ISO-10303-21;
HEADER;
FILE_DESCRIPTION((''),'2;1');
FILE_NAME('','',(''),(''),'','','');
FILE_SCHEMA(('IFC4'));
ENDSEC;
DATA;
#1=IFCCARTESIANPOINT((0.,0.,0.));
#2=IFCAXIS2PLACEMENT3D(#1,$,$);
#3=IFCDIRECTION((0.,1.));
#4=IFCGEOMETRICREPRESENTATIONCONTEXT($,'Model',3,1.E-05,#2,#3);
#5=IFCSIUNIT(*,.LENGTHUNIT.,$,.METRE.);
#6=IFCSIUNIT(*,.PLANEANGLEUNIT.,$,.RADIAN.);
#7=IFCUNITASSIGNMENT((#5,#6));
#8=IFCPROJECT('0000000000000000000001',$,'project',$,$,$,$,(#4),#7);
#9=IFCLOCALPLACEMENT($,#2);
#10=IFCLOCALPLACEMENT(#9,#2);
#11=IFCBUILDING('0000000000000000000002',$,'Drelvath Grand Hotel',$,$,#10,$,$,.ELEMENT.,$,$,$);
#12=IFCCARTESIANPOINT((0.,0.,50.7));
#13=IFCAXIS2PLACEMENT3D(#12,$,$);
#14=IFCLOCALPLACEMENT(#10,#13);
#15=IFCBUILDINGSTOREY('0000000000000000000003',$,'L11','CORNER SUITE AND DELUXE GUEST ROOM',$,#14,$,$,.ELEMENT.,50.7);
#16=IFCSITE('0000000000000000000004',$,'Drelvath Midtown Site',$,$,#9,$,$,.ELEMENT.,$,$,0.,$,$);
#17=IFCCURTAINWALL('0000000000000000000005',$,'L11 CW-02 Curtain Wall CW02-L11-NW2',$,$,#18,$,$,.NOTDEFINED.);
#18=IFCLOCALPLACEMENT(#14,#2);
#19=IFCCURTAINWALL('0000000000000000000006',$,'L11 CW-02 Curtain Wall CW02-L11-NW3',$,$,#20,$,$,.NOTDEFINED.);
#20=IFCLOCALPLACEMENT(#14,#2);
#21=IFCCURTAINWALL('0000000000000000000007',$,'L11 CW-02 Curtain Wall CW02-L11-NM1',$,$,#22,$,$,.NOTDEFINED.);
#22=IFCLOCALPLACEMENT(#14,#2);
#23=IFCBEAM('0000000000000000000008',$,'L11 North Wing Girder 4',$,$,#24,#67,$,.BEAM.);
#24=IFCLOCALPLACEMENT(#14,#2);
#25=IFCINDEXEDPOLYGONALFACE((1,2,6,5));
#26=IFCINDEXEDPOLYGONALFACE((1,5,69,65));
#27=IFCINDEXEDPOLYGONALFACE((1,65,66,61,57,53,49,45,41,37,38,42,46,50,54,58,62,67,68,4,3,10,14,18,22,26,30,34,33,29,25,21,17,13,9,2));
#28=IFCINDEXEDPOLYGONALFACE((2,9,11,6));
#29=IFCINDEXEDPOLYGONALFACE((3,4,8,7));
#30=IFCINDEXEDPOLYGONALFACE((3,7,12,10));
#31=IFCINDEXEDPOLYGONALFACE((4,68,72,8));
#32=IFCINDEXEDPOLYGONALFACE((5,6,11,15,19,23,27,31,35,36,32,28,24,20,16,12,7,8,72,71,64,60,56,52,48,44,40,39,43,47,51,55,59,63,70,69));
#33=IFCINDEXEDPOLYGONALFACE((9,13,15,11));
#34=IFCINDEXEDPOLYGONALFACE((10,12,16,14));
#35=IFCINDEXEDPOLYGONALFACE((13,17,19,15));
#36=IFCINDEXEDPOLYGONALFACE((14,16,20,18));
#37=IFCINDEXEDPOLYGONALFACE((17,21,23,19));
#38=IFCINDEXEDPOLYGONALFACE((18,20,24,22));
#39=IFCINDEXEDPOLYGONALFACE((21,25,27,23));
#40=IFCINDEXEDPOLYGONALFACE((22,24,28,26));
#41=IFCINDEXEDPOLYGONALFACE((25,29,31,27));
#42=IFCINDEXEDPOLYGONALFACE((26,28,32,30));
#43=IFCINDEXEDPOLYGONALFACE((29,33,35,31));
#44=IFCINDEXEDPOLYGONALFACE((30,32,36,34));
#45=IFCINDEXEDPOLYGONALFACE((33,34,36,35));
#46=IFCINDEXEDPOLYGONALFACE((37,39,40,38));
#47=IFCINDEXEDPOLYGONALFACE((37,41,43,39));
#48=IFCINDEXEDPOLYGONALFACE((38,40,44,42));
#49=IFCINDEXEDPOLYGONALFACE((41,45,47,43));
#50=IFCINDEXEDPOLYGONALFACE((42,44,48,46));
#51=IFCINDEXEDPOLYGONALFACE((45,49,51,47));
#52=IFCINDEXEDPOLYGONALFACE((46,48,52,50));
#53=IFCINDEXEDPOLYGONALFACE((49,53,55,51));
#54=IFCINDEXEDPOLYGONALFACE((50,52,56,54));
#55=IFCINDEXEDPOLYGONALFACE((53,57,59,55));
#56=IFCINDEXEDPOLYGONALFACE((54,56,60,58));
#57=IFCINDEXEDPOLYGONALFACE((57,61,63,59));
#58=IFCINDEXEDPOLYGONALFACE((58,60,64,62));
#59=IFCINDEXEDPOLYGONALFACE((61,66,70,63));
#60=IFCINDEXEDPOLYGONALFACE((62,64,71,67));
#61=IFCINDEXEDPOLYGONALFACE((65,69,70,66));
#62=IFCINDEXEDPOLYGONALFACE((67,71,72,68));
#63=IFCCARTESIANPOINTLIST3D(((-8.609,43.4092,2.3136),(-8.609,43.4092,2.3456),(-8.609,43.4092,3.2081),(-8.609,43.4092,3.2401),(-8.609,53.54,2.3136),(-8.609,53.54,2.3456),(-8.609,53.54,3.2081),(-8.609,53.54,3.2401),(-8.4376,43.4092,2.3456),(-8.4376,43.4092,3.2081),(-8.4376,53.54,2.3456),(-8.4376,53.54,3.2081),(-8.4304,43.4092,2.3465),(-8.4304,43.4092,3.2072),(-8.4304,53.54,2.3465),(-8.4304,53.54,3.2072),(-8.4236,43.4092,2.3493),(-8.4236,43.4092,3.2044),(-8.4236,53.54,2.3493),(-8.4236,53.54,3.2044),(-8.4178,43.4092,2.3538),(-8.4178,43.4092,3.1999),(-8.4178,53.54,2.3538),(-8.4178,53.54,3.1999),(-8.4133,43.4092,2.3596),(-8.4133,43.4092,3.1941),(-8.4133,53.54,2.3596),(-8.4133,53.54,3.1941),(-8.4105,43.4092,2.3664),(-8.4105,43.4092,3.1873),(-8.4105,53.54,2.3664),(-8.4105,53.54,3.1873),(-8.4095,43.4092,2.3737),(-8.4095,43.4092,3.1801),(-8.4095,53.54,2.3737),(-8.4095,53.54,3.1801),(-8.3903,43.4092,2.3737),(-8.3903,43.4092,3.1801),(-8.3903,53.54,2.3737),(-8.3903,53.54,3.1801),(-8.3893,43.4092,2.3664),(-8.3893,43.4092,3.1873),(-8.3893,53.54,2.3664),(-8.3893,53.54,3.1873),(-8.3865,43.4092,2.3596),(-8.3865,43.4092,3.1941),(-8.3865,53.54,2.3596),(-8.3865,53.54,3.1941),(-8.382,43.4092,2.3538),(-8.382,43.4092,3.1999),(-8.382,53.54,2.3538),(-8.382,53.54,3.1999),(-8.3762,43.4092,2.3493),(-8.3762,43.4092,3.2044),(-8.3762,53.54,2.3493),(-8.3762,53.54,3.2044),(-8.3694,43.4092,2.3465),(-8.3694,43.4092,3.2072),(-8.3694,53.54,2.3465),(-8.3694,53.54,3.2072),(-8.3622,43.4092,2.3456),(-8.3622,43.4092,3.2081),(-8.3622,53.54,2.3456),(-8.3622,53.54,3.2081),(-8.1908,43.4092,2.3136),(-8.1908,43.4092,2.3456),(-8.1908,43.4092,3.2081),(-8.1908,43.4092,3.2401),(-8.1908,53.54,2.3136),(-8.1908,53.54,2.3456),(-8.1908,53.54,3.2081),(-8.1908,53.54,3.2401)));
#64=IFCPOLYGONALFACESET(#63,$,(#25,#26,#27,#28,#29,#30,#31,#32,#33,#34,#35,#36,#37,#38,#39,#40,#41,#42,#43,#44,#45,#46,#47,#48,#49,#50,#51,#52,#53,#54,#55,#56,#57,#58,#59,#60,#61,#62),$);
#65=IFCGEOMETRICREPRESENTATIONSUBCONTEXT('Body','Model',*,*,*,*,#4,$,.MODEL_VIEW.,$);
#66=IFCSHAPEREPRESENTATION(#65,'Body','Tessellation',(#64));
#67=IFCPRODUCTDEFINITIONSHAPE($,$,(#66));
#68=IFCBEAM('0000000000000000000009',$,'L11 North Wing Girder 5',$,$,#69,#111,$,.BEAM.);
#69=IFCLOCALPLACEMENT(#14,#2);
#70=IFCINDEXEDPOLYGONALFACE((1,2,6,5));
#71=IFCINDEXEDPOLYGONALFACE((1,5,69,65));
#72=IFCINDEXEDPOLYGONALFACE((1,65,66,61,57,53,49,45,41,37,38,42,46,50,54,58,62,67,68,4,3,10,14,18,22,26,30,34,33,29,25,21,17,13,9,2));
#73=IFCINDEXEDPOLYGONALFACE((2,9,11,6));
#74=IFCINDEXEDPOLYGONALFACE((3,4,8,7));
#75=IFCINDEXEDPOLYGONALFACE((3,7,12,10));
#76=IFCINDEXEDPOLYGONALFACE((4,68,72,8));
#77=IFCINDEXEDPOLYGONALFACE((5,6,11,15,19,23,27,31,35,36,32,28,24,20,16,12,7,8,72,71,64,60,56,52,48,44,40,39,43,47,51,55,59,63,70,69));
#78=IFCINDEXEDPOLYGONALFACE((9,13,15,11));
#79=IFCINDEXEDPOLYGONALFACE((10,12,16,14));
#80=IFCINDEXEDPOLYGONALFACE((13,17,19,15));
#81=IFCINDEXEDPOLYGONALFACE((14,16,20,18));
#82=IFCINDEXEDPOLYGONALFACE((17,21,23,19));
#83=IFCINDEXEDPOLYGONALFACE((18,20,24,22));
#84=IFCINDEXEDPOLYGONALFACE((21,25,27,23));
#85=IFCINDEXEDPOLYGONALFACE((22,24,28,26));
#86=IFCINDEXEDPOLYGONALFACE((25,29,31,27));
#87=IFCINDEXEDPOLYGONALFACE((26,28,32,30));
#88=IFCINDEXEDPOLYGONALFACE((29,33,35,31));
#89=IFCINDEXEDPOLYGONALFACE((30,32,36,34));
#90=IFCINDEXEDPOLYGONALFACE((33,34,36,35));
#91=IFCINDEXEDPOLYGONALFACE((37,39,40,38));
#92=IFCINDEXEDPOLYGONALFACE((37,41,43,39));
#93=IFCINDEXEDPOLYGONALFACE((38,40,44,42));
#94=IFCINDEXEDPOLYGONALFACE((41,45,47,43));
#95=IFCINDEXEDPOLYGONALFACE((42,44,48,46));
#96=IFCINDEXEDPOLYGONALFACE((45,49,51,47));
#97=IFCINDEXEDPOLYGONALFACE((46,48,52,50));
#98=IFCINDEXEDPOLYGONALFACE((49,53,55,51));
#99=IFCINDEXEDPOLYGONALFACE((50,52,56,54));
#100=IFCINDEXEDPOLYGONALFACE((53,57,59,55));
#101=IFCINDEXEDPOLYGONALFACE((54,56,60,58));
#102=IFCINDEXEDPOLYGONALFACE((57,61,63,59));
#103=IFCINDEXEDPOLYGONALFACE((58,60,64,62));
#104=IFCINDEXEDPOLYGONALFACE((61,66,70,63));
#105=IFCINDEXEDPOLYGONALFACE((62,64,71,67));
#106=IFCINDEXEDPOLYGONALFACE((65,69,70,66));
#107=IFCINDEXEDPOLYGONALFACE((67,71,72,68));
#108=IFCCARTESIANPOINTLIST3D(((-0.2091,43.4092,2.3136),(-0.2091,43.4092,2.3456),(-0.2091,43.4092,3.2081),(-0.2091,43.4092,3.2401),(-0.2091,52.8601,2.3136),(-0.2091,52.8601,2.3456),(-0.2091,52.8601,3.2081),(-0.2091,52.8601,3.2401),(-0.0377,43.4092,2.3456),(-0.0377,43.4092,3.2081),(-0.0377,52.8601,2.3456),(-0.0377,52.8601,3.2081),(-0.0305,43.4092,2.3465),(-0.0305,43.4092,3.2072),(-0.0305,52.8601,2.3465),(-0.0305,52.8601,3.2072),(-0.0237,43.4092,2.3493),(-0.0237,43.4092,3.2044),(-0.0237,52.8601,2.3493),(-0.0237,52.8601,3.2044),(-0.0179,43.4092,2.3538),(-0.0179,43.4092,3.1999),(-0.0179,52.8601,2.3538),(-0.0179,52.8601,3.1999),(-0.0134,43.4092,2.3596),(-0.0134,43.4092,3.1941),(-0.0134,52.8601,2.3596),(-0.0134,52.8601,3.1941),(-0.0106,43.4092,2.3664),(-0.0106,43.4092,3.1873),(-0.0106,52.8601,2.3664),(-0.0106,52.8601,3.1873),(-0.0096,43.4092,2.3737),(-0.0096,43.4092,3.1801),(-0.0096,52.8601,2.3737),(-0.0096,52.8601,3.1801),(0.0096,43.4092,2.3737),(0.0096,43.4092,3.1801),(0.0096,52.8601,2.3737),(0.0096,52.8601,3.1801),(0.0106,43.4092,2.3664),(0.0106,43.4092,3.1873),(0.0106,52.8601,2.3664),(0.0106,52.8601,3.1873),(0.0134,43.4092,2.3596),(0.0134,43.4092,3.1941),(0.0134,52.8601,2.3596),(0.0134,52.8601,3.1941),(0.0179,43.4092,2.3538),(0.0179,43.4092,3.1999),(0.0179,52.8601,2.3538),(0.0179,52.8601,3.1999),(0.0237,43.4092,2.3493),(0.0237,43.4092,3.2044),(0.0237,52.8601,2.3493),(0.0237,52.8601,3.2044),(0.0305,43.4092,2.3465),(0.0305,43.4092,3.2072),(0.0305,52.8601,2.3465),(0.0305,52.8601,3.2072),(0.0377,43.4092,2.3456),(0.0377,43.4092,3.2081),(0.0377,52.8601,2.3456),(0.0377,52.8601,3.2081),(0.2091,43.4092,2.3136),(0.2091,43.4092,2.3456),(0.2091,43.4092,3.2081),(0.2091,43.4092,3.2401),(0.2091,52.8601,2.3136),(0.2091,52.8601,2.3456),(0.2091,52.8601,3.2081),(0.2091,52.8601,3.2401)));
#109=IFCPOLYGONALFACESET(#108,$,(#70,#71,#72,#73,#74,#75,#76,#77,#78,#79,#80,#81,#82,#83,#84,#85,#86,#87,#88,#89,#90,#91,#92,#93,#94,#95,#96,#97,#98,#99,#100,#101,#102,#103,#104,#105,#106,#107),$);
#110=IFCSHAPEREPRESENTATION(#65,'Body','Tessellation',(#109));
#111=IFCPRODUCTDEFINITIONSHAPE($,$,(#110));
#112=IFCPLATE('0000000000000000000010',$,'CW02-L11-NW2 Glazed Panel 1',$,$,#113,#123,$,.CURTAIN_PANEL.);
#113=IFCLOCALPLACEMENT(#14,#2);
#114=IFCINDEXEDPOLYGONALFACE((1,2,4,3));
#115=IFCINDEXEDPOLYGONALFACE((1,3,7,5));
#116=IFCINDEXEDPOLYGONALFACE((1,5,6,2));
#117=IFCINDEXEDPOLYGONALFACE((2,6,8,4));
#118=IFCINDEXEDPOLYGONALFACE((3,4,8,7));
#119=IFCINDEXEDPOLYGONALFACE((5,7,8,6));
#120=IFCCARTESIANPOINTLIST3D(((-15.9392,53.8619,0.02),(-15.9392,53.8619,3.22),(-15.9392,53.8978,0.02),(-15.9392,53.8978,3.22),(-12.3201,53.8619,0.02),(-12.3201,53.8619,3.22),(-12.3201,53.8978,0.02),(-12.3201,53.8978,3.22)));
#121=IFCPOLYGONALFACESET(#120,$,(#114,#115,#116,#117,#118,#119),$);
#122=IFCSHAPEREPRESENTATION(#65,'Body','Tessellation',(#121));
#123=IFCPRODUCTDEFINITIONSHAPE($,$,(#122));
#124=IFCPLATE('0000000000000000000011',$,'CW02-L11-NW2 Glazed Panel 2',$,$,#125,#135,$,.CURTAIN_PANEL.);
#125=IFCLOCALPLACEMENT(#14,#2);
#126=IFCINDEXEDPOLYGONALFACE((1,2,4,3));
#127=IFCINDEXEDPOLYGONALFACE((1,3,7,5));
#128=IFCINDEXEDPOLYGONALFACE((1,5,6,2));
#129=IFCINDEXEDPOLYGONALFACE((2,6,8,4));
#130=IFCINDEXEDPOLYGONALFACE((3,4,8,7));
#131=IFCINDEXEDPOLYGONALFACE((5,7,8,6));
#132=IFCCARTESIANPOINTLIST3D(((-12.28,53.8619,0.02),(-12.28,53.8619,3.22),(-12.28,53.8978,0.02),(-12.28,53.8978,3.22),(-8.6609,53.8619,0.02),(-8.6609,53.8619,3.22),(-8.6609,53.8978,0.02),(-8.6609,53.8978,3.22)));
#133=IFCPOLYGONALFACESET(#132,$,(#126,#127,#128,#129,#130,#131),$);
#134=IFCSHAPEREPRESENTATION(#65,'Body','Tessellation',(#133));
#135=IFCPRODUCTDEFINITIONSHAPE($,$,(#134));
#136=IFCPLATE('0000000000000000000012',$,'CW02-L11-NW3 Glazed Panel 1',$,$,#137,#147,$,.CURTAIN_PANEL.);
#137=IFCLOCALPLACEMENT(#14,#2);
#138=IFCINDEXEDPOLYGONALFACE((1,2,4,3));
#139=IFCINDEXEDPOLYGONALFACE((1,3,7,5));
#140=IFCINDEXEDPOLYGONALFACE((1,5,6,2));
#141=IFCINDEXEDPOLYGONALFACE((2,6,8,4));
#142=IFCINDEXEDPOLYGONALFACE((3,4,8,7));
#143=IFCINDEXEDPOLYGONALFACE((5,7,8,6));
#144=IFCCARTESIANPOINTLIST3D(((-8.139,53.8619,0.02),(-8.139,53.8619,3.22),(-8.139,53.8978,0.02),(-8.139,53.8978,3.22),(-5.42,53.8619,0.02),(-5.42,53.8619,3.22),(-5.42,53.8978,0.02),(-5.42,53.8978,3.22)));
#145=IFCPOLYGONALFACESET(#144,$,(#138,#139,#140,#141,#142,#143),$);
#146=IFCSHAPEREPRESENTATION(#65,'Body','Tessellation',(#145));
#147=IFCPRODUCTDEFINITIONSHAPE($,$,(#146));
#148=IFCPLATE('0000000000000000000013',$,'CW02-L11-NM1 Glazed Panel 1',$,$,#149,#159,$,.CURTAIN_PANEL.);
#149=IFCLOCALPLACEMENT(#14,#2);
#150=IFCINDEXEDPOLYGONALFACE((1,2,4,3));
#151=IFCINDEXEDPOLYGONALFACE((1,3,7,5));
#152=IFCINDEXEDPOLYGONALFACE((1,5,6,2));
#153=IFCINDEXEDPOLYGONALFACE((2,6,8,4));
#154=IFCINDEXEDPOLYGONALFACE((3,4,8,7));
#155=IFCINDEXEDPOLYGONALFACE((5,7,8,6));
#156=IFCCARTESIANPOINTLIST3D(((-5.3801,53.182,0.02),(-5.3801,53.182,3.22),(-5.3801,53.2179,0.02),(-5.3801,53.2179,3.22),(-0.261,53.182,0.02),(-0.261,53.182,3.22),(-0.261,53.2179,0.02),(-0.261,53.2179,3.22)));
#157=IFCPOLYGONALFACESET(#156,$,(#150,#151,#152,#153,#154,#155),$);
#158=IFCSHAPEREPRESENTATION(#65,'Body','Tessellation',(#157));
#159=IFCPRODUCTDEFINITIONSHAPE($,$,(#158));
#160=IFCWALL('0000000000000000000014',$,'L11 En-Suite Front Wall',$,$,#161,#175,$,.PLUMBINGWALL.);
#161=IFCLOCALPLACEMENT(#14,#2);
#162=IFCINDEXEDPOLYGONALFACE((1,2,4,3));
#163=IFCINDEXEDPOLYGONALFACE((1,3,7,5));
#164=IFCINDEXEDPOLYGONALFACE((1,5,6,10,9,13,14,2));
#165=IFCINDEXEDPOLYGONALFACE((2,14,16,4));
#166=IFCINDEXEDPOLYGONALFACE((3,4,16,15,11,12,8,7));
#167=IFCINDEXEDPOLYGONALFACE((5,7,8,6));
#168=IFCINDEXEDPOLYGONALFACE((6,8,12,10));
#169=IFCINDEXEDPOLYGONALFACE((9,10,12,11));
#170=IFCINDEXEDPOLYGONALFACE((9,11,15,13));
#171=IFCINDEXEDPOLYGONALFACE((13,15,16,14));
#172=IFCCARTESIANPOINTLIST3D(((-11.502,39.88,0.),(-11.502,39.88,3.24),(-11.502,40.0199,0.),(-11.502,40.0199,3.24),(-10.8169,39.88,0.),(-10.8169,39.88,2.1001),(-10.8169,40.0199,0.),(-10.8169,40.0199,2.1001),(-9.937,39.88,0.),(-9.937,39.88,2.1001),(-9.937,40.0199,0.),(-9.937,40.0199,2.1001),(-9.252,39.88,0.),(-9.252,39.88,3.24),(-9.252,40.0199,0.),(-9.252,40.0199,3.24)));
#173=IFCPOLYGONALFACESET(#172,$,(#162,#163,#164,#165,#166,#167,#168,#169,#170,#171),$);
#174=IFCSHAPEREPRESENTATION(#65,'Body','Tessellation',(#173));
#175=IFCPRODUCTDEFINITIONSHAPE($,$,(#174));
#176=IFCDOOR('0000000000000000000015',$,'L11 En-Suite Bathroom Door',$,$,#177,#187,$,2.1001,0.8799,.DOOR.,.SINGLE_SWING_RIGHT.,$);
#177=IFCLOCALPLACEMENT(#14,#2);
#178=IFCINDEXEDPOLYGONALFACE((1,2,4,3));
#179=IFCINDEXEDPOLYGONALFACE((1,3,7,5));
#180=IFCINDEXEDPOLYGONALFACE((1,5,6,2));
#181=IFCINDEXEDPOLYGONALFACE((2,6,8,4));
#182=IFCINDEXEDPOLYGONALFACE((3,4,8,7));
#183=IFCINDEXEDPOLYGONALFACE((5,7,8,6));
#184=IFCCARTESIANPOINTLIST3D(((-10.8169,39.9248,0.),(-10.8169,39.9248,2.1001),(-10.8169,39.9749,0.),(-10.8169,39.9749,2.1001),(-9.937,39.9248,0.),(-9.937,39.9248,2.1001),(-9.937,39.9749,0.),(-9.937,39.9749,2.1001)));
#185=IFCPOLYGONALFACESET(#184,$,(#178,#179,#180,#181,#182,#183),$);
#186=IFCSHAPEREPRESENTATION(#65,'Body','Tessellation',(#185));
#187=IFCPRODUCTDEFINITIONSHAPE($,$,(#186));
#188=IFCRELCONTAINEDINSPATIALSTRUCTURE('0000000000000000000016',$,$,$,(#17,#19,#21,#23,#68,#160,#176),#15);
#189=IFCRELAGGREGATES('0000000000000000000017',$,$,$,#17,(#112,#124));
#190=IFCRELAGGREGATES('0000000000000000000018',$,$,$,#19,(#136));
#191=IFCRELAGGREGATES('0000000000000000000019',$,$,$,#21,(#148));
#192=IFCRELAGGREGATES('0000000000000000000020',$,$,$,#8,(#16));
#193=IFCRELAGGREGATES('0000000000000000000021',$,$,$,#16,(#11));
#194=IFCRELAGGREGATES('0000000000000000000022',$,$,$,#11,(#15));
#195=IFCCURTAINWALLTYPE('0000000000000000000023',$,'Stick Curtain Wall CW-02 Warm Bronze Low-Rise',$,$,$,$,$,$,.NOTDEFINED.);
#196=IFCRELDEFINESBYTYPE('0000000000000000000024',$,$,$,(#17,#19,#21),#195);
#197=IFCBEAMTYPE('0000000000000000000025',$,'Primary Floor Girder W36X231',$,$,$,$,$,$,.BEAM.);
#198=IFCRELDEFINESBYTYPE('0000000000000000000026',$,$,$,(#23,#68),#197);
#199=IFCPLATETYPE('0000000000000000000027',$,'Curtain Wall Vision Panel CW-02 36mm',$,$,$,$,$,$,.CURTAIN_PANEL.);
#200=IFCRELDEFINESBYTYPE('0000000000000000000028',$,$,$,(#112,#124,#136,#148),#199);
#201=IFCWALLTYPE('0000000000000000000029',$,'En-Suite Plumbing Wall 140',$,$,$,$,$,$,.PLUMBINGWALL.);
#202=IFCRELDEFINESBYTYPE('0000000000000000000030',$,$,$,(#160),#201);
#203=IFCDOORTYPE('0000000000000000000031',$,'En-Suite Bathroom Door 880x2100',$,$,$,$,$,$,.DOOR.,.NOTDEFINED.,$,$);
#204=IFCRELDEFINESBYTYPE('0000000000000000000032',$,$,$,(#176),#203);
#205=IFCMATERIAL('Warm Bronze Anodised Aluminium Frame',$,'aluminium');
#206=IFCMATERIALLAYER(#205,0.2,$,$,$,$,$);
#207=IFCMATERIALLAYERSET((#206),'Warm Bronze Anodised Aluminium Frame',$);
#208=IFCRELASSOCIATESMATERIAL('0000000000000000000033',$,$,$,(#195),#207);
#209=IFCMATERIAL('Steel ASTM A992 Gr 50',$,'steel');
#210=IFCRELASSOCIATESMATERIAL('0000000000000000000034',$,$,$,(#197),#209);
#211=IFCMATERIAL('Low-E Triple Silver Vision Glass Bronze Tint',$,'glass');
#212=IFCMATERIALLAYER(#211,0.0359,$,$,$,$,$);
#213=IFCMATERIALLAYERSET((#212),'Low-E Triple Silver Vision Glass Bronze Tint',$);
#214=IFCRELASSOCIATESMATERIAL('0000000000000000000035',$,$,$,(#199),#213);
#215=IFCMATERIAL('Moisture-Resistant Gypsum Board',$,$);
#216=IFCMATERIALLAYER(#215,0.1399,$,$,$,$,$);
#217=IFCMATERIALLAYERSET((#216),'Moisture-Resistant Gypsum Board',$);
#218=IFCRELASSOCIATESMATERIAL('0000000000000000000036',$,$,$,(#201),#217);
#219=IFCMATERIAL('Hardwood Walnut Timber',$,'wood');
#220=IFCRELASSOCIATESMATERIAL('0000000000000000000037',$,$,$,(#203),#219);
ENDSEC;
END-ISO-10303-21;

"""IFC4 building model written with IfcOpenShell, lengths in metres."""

from ifc_helpers import new_model, si_unit, direction, frame, frame_2d, origin, origin_2d, place, context, subcontext, project, spatial, rectangle, i_section, extrude, material, layer, layer_set, material_profile, profile_set, type_object, element, fill, aggregate, save


model = new_model("IFC4")

# Units and contexts
model_context = context("Model", 3, precision=1e-05, world=origin(), true_north=direction((0.0, 1.0)))
body_context = subcontext(model_context, "Body", "Model", "MODEL_VIEW")
ifc_project = project(units=[si_unit("LENGTHUNIT", "METRE"), si_unit("PLANEANGLEUNIT", "RADIAN")], contexts=[model_context])

# Site, building, storey
site_placement = place(None, origin())
site = spatial("IfcSite", under=ifc_project, at=site_placement, Name="Drelvath Midtown Site", CompositionType="ELEMENT", RefElevation=0.0)
building_placement = place(site_placement, origin())
building = spatial("IfcBuilding", under=site, at=building_placement, Name="Drelvath Grand Hotel", CompositionType="ELEMENT")
storey_placement = place(building_placement, frame((0.0, 0.0, 50.7)))
storey = spatial("IfcBuildingStorey", under=building, at=storey_placement, Name="L11", Description="CORNER SUITE AND DELUXE GUEST ROOM", CompositionType="ELEMENT", Elevation=50.7)

# Curtain walls
ifc_material_1 = material(Name="Warm Bronze Anodised Aluminium Frame", Category="aluminium")
ifc_layer_1 = layer(ifc_material_1, 0.2)
ifc_layer_set_1 = layer_set([ifc_layer_1], Name="Warm Bronze Anodised Aluminium Frame")
curtain_wall_type = type_object("IfcCurtainWallType", Name="Stick Curtain Wall CW-02 Warm Bronze Low-Rise", PredefinedType="NOTDEFINED", material=ifc_layer_set_1)
curtain_wall_1_placement = place(storey_placement, origin())
curtain_wall_1 = element("IfcCurtainWall", 1, at=curtain_wall_1_placement, inside=storey, type_object=curtain_wall_type, Name="L11 CW-02 Curtain Wall CW02-L11-NW2", PredefinedType="NOTDEFINED")
curtain_wall_2_placement = place(storey_placement, origin())
curtain_wall_2 = element("IfcCurtainWall", 2, at=curtain_wall_2_placement, inside=storey, type_object=curtain_wall_type, Name="L11 CW-02 Curtain Wall CW02-L11-NW3", PredefinedType="NOTDEFINED")
curtain_wall_3_placement = place(storey_placement, origin())
curtain_wall_3 = element("IfcCurtainWall", 3, at=curtain_wall_3_placement, inside=storey, type_object=curtain_wall_type, Name="L11 CW-02 Curtain Wall CW02-L11-NM1", PredefinedType="NOTDEFINED")

# Beams
ifc_material_2 = material(Name="Steel ASTM A992 Gr 50", Category="steel")
ifc_material_profile_1 = material_profile(ifc_material_2, i_section(OverallWidth=0.4182, OverallDepth=0.9265, WebThickness=0.0193, FlangeThickness=0.032, FilletRadius=0.0281, at=origin_2d()), Name="W36X231")
ifc_profile_set_1 = profile_set([ifc_material_profile_1], Name="Steel ASTM A992 Gr 50")
beam_type_1 = type_object("IfcBeamType", Name="Primary Floor Girder W36X231", PredefinedType="BEAM", material=ifc_profile_set_1)
beam_1_placement = place(storey_placement, frame((-8.3999, 43.4092, 2.7769), z_axis=(0.0, 1.0, 0.0), x_axis=(-1.0, 0.0, 0.0)))
element("IfcBeam", 4, at=beam_1_placement, inside=storey, type_object=beam_type_1, Name="L11 North Wing Girder 4", PredefinedType="BEAM", context=body_context, shape_type="SweptSolid", body=[
    extrude(i_section(OverallWidth=0.4182, OverallDepth=0.9265, WebThickness=0.0193, FlangeThickness=0.032, FilletRadius=0.0281, at=origin_2d()), origin(), (0.0, 0.0, 1.0), 10.1309),
])
beam_2_placement = place(storey_placement, frame((0.0, 43.4092, 2.7769), z_axis=(0.0, 1.0, 0.0), x_axis=(-1.0, 0.0, 0.0)))
element("IfcBeam", 5, at=beam_2_placement, inside=storey, type_object=beam_type_1, Name="L11 North Wing Girder 5", PredefinedType="BEAM", context=body_context, shape_type="SweptSolid", body=[
    extrude(i_section(OverallWidth=0.4182, OverallDepth=0.9265, WebThickness=0.0193, FlangeThickness=0.032, FilletRadius=0.0281, at=origin_2d()), origin(), (0.0, 0.0, 1.0), 9.4509),
])

# Plates
ifc_material_3 = material(Name="Low-E Triple Silver Vision Glass Bronze Tint", Category="glass")
ifc_layer_2 = layer(ifc_material_3, 0.0359)
ifc_layer_set_2 = layer_set([ifc_layer_2], Name="Low-E Triple Silver Vision Glass Bronze Tint")
plate_type = type_object("IfcPlateType", Name="Curtain Wall Vision Panel CW-02 36mm", PredefinedType="CURTAIN_PANEL", material=ifc_layer_set_2)
plate_1_placement = place(storey_placement, frame((-14.1296, 53.8799, 0.02), z_axis=(0.0, 0.0, 1.0), x_axis=(1.0, 0.0, 0.0)))
plate_1 = element("IfcPlate", 6, at=plate_1_placement, type_object=plate_type, Name="CW02-L11-NW2 Glazed Panel 1", PredefinedType="CURTAIN_PANEL", context=body_context, shape_type="SweptSolid", body=[
    extrude(rectangle(XDim=3.6191, YDim=0.0359, at=origin_2d()), origin(), (0.0, 0.0, 1.0), 3.2),
])
plate_2_placement = place(storey_placement, frame((-10.4705, 53.8799, 0.02), z_axis=(0.0, 0.0, 1.0), x_axis=(1.0, 0.0, 0.0)))
plate_2 = element("IfcPlate", 7, at=plate_2_placement, type_object=plate_type, Name="CW02-L11-NW2 Glazed Panel 2", PredefinedType="CURTAIN_PANEL", context=body_context, shape_type="SweptSolid", body=[
    extrude(rectangle(XDim=3.6191, YDim=0.0359, at=origin_2d()), origin(), (0.0, 0.0, 1.0), 3.2),
])
aggregate(curtain_wall_1, [plate_1, plate_2])
plate_3_placement = place(storey_placement, frame((-6.7795, 53.8799, 0.02), z_axis=(0.0, 0.0, 1.0), x_axis=(1.0, 0.0, 0.0)))
plate_3 = element("IfcPlate", 8, at=plate_3_placement, type_object=plate_type, Name="CW02-L11-NW3 Glazed Panel 1", PredefinedType="CURTAIN_PANEL", context=body_context, shape_type="SweptSolid", body=[
    extrude(rectangle(XDim=2.719, YDim=0.0359, at=origin_2d()), origin(), (0.0, 0.0, 1.0), 3.2),
])
aggregate(curtain_wall_2, [plate_3])
plate_4_placement = place(storey_placement, frame((-2.8206, 53.2, 0.02), z_axis=(0.0, 0.0, 1.0), x_axis=(1.0, 0.0, 0.0)))
plate_4 = element("IfcPlate", 9, at=plate_4_placement, type_object=plate_type, Name="CW02-L11-NM1 Glazed Panel 1", PredefinedType="CURTAIN_PANEL", context=body_context, shape_type="SweptSolid", body=[
    extrude(rectangle(XDim=5.1191, YDim=0.0359, at=origin_2d()), origin(), (0.0, 0.0, 1.0), 3.2),
])
aggregate(curtain_wall_3, [plate_4])

# Wall, opening, door
ifc_material_4 = material(Name="Moisture-Resistant Gypsum Board")
ifc_layer_3 = layer(ifc_material_4, 0.1399)
ifc_layer_set_3 = layer_set([ifc_layer_3], Name="Moisture-Resistant Gypsum Board")
wall_type_1 = type_object("IfcWallType", Name="En-Suite Plumbing Wall 140", PredefinedType="PLUMBINGWALL", material=ifc_layer_set_3)
wall_1_placement = place(storey_placement, frame((-11.502, 39.95, 0.0), z_axis=(0.0, 0.0, 1.0), x_axis=(1.0, 0.0, 0.0)))
wall_1 = element("IfcWall", 10, at=wall_1_placement, inside=storey, type_object=wall_type_1, Name="L11 En-Suite Front Wall", PredefinedType="PLUMBINGWALL", context=body_context, shape_type="SweptSolid", body=[
    extrude(rectangle(XDim=2.25, YDim=0.1399, at=frame_2d((1.125, 0.0))), origin(), (0.0, 0.0, 1.0), 3.24),
])
opening_1_placement = place(wall_1_placement, frame((0.6851, 0.0, 0.0)))
opening_1 = element("IfcOpeningElement", 11, at=opening_1_placement, cuts=wall_1, PredefinedType="OPENING", context=body_context, shape_type="SweptSolid", body=[
    extrude(rectangle(XDim=0.8799, YDim=2.1001, at=frame_2d((0.4399, 1.05))), frame((0.0, 0.0798, 0.0), z_axis=(0.0, -1.0, 0.0), x_axis=(1.0, 0.0, 0.0)), (0.0, 0.0, 1.0), 0.1599),
])
ifc_material_5 = material(Name="Hardwood Walnut Timber", Category="wood")
door_type = type_object("IfcDoorType", Name="En-Suite Bathroom Door 880x2100", OperationType="NOTDEFINED", PredefinedType="DOOR", material=ifc_material_5)
door_1_placement = place(opening_1_placement, origin())
door_1 = element("IfcDoor", 12, at=door_1_placement, inside=storey, type_object=door_type, Name="L11 En-Suite Bathroom Door", OperationType="SINGLE_SWING_RIGHT", OverallHeight=2.1001, OverallWidth=0.8799, PredefinedType="DOOR", context=body_context, shape_type="SweptSolid", body=[
    extrude(rectangle(XDim=0.8799, YDim=2.1001, at=frame_2d((0.4399, 1.05))), frame((0.0, 0.0249, 0.0), z_axis=(0.0, -1.0, 0.0), x_axis=(1.0, 0.0, 0.0)), (0.0, 0.0, 1.0), 0.05),
])
fill(opening_1, door_1)

save(model, "model.ifc")
